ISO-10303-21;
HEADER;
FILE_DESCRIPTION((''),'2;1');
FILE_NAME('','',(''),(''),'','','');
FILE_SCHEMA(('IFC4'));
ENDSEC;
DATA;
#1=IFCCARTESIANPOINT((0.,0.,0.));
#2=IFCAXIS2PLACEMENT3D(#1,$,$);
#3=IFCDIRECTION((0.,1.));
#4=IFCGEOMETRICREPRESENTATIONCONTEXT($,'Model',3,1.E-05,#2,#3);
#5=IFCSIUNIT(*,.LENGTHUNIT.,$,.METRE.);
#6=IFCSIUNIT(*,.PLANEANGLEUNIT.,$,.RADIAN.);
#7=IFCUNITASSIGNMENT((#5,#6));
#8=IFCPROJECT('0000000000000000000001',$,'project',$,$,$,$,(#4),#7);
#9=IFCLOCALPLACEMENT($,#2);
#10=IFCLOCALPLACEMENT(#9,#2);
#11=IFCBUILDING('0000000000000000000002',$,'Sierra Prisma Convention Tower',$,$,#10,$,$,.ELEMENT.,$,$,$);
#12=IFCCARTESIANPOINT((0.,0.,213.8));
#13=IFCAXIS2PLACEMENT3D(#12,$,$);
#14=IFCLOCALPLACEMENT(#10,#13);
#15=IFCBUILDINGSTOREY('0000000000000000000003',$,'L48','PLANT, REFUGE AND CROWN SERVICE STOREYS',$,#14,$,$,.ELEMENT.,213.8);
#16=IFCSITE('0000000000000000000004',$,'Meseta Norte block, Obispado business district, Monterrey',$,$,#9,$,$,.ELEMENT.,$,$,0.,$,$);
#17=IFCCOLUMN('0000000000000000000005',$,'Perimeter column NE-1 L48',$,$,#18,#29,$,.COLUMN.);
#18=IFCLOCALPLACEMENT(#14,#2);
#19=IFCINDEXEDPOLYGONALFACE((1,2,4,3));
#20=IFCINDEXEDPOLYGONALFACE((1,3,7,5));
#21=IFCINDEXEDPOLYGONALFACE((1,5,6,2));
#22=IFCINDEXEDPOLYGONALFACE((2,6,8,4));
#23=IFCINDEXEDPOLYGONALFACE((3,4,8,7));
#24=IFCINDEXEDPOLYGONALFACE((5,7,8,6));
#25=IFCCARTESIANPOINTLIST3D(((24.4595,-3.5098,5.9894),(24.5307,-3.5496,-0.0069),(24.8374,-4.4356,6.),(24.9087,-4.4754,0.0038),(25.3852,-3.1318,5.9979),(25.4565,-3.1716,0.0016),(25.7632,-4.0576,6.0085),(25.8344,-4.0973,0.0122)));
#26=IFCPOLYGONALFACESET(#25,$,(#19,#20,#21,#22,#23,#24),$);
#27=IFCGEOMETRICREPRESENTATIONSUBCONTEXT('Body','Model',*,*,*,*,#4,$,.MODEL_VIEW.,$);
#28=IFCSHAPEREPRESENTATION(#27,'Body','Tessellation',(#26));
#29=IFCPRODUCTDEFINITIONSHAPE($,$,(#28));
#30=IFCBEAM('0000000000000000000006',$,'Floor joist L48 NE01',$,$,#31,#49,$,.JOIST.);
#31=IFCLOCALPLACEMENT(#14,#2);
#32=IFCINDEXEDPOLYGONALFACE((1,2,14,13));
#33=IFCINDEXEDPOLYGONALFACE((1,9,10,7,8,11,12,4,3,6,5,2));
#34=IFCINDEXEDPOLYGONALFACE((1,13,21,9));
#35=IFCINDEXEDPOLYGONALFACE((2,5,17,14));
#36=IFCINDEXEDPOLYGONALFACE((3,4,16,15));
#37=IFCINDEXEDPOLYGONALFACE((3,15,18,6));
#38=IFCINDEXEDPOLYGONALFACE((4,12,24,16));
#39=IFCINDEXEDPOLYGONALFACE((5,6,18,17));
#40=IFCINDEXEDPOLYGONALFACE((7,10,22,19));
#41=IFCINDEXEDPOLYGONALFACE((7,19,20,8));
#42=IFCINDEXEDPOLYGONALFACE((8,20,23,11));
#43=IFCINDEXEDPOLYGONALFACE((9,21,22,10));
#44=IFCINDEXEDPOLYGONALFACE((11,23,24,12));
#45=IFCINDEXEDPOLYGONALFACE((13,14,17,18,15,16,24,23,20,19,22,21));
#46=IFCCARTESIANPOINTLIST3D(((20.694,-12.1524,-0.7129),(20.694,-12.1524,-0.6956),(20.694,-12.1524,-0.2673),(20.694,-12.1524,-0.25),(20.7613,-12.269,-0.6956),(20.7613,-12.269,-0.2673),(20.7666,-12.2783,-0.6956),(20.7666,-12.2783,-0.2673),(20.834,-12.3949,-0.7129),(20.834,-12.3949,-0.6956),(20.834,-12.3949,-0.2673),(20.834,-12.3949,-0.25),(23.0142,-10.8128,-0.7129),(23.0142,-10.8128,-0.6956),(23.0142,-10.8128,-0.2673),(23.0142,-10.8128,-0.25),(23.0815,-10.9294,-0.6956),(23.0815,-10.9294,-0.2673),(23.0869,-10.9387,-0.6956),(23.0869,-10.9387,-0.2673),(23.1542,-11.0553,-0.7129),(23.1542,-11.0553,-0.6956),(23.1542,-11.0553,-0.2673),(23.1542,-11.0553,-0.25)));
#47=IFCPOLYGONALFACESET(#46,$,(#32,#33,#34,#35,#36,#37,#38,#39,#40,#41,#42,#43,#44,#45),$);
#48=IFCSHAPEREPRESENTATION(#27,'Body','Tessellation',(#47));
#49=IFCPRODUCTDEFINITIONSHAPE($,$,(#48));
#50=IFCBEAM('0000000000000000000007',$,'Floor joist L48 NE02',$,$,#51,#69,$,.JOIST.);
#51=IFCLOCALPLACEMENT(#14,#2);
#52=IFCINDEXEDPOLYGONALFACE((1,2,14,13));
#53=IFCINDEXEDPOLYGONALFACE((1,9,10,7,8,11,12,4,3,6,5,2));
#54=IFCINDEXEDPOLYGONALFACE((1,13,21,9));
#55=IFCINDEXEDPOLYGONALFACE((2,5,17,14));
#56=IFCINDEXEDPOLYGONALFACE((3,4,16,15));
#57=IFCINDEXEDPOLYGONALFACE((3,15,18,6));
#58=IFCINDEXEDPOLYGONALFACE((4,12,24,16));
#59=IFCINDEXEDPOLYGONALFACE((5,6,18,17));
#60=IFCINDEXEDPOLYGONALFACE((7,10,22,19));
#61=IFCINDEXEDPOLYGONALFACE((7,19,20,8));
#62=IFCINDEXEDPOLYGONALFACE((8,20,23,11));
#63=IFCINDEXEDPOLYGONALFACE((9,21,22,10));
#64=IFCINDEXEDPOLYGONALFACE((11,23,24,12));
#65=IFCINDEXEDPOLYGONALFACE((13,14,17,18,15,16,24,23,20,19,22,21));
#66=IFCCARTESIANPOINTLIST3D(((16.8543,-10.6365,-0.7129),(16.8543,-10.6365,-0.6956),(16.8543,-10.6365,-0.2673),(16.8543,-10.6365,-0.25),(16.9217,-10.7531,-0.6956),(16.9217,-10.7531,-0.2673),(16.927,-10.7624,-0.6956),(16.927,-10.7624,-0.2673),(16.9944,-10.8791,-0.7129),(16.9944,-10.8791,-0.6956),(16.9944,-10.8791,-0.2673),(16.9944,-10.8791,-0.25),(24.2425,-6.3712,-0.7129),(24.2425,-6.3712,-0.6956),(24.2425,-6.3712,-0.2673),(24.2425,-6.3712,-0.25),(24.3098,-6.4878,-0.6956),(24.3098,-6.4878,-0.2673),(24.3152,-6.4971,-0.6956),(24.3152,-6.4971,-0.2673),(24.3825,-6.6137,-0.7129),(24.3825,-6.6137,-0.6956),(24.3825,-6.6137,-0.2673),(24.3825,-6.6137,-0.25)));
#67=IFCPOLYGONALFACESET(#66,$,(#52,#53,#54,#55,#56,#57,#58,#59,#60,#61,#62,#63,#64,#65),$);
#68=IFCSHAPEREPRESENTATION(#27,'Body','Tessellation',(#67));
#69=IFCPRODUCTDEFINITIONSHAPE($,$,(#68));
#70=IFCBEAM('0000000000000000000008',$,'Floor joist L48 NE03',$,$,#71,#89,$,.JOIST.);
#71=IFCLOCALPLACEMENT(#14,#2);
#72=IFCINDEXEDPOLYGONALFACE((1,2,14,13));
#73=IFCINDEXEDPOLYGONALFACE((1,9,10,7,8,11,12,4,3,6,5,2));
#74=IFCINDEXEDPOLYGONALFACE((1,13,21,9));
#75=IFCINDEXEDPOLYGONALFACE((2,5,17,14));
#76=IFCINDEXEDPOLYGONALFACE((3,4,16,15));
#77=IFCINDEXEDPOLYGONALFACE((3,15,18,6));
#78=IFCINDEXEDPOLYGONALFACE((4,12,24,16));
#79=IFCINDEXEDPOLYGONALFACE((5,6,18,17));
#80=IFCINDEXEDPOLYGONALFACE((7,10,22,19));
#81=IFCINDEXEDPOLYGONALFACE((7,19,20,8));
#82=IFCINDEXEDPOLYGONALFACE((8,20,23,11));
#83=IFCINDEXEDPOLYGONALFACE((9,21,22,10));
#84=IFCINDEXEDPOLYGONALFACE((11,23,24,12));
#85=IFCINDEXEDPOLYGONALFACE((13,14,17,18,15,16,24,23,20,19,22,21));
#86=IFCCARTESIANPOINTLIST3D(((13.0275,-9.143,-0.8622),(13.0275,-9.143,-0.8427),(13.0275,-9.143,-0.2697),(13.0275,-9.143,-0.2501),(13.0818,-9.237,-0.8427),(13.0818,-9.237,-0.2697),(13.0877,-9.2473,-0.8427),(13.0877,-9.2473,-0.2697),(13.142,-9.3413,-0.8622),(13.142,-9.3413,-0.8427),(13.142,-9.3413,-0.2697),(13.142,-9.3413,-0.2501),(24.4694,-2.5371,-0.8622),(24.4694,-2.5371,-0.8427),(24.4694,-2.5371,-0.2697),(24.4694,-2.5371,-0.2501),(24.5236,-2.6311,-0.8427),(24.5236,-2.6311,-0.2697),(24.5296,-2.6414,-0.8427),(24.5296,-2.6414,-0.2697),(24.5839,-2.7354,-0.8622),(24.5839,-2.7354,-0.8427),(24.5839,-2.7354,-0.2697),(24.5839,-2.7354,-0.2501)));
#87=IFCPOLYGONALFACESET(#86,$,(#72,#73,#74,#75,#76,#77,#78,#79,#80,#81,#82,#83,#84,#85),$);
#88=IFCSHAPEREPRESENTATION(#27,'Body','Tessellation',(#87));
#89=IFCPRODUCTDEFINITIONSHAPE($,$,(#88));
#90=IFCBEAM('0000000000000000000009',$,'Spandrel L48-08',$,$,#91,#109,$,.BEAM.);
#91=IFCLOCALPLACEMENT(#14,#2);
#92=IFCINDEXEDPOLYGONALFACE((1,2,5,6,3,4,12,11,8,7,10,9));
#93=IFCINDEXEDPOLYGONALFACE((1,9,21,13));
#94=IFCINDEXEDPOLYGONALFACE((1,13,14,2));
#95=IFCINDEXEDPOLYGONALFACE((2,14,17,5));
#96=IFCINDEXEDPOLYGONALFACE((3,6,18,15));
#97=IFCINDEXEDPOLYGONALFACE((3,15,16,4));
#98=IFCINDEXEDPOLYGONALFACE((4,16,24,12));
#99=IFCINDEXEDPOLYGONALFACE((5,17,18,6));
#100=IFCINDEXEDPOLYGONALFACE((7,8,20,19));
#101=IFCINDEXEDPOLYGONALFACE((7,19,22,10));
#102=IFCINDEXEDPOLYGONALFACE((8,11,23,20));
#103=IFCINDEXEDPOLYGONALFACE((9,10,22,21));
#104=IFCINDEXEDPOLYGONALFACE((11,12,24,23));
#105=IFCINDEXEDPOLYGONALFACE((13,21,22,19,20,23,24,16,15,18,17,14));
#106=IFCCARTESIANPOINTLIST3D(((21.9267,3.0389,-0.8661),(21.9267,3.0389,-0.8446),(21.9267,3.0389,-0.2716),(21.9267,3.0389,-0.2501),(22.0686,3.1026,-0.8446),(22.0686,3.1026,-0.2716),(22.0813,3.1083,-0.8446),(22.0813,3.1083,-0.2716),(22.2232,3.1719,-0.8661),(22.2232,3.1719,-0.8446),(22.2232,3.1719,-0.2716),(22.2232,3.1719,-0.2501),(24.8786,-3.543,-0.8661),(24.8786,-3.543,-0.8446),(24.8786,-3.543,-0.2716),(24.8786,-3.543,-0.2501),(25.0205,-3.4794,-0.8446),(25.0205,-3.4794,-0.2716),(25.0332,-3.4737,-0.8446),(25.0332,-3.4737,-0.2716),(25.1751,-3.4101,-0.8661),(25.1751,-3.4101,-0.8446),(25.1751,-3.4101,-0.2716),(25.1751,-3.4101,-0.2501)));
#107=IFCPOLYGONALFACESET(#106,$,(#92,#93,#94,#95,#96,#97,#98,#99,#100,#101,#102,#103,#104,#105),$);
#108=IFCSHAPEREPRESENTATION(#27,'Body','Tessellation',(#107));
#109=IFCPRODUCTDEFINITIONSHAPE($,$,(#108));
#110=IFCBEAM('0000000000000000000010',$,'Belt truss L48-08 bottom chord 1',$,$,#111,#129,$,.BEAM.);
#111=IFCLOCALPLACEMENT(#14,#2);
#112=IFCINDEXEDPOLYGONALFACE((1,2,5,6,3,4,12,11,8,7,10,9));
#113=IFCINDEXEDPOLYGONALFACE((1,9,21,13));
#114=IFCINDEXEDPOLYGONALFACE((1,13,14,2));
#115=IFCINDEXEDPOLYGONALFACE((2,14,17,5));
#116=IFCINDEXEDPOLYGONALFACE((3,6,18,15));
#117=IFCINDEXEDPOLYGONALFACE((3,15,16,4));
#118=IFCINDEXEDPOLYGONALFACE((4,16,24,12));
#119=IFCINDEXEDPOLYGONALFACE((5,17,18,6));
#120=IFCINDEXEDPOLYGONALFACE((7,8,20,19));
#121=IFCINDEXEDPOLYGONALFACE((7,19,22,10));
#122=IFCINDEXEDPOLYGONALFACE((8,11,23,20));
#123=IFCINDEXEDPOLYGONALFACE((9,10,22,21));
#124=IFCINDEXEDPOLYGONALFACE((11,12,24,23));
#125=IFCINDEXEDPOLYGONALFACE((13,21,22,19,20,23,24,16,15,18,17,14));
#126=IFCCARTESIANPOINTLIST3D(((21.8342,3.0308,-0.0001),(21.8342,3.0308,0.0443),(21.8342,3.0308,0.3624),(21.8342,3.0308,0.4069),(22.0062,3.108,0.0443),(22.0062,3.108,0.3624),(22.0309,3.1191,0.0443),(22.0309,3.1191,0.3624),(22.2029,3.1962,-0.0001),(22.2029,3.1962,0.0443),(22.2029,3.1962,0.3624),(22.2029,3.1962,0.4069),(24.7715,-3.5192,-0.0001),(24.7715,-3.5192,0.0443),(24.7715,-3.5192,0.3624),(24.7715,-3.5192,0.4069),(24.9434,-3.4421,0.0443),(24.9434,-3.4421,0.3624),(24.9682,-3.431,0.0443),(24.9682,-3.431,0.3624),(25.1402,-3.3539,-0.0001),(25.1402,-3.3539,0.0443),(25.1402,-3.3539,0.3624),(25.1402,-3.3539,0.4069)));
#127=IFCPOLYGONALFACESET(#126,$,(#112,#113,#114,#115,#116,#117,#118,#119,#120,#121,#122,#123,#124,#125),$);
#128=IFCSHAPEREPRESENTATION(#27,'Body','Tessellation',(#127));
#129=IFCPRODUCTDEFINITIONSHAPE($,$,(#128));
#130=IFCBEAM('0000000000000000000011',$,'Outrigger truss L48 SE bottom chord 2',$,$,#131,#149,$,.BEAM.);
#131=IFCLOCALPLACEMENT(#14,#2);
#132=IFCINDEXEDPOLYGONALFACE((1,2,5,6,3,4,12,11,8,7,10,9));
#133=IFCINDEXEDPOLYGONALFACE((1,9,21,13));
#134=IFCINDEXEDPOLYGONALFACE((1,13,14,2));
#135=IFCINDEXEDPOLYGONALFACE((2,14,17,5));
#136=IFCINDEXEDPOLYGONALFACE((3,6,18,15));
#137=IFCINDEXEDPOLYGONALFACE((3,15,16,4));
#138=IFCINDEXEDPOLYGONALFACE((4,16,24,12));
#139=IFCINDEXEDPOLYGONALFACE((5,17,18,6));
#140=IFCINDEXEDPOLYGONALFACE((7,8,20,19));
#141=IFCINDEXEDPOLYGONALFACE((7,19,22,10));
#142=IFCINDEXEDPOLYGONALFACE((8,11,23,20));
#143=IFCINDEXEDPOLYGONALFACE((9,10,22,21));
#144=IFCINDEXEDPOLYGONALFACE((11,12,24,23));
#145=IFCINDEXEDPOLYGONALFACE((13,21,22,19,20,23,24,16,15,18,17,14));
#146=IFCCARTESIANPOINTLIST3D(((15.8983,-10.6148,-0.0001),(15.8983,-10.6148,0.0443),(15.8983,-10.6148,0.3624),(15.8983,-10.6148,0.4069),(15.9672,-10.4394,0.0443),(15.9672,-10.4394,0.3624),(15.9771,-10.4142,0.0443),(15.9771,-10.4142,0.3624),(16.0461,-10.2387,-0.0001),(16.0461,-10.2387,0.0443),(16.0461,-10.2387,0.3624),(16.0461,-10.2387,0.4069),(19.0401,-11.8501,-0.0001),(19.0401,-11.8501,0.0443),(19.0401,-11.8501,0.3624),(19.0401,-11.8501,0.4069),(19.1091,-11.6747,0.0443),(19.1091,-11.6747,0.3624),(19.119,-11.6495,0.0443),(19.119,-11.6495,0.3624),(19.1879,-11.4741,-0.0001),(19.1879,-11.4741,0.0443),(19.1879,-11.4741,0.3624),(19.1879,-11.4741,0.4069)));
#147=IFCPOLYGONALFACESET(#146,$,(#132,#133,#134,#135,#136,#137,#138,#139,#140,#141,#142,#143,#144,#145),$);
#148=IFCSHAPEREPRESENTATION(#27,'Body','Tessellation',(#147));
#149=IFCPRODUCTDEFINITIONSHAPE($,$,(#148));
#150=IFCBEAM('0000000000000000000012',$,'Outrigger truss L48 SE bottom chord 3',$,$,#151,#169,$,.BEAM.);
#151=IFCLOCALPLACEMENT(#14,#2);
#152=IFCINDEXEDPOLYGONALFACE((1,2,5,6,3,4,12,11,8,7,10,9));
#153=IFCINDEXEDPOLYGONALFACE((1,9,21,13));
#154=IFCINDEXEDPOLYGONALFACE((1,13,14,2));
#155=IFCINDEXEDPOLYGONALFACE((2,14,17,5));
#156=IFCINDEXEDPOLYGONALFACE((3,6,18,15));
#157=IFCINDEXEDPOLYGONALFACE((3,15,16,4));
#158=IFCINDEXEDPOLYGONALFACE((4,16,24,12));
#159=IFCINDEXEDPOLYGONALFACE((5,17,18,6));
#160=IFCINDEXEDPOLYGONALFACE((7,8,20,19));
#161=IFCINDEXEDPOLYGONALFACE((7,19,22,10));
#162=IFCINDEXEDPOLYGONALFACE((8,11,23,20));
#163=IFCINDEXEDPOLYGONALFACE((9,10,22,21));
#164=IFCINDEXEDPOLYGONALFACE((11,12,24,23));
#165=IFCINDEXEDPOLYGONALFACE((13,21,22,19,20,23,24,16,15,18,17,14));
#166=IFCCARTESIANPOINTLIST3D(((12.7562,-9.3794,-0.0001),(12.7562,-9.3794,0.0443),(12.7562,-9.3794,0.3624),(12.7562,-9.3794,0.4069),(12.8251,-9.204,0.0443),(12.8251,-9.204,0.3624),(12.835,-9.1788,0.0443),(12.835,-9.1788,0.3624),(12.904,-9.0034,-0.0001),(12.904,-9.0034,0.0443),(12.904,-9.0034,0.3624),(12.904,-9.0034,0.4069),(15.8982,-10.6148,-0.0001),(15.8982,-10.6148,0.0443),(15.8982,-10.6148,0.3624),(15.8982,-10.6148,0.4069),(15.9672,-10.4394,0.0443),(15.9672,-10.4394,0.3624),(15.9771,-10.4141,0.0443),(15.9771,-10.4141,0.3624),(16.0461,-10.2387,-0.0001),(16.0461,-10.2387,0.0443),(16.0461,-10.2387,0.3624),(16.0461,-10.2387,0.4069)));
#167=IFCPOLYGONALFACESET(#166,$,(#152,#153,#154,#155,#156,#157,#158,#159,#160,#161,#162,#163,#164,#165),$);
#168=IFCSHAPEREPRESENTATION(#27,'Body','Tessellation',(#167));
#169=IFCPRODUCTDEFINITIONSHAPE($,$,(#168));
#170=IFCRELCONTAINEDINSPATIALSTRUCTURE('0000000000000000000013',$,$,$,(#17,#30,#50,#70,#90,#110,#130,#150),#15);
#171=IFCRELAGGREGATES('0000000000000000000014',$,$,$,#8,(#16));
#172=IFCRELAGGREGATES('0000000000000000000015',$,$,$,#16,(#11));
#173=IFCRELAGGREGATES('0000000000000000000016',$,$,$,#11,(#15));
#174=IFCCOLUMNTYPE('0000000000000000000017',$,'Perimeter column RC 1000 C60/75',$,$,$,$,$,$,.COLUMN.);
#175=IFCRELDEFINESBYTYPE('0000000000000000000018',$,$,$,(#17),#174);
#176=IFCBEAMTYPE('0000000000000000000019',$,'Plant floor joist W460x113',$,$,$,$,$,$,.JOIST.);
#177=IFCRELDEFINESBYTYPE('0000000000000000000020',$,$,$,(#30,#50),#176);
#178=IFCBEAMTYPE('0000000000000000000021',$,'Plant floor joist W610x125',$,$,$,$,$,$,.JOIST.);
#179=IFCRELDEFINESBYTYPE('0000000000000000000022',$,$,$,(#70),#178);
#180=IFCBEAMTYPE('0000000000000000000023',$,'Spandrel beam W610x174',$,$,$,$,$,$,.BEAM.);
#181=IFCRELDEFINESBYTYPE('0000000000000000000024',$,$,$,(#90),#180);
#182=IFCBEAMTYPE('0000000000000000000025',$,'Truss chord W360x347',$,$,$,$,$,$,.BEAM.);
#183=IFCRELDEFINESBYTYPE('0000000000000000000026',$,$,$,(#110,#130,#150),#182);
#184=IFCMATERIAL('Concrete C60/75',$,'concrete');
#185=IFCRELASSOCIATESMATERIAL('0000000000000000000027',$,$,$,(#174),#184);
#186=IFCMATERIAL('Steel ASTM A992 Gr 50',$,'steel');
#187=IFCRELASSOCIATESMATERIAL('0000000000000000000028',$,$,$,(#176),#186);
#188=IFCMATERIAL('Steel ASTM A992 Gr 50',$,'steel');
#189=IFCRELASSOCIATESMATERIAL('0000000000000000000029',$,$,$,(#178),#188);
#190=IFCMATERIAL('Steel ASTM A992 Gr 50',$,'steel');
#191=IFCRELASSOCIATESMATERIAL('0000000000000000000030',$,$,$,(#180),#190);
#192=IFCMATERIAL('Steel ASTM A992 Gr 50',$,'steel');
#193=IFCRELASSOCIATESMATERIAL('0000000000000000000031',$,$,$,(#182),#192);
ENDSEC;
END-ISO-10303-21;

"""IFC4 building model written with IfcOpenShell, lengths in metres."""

from ifc_helpers import new_model, si_unit, direction, frame, origin, origin_2d, place, context, subcontext, project, spatial, rectangle, i_section, extrude, clip, halfspace, material, material_profile, profile_set, type_object, element, save


model = new_model("IFC4")

# Units and contexts
model_context = context("Model", 3, precision=1e-05, world=origin(), true_north=direction((0.0, 1.0)))
body_context = subcontext(model_context, "Body", "Model", "MODEL_VIEW")
ifc_project = project(units=[si_unit("LENGTHUNIT", "METRE"), si_unit("PLANEANGLEUNIT", "RADIAN")], contexts=[model_context])

# Site, building, storey
site_placement = place(None, origin())
site = spatial("IfcSite", under=ifc_project, at=site_placement, Name="Meseta Norte block, Obispado business district, Monterrey", CompositionType="ELEMENT", RefElevation=0.0)
building_placement = place(site_placement, origin())
building = spatial("IfcBuilding", under=site, at=building_placement, Name="Sierra Prisma Convention Tower", CompositionType="ELEMENT")
storey_placement = place(building_placement, frame((0.0, 0.0, 213.8)))
storey = spatial("IfcBuildingStorey", under=building, at=storey_placement, Name="L48", Description="PLANT, REFUGE AND CROWN SERVICE STOREYS", CompositionType="ELEMENT", Elevation=213.8)

# Column
ifc_material_1 = material(Name="Concrete C60/75", Category="concrete")
ifc_material_profile_1 = material_profile(ifc_material_1, rectangle(XDim=1.0, YDim=1.0, at=origin_2d()), Name="Perimeter column RC 1000 C60/75")
ifc_profile_set_1 = profile_set([ifc_material_profile_1], Name="Concrete C60/75")
column_type = type_object("IfcColumnType", Name="Perimeter column RC 1000 C60/75", PredefinedType="COLUMN", material=ifc_profile_set_1)
column_placement = place(storey_placement, frame((25.1826, -3.8235, 0.0), z_axis=(-0.01188, 0.006632, 0.999907), x_axis=(-0.377943, 0.925768, -0.010631)))
element("IfcColumn", 1, at=column_placement, inside=storey, type_object=column_type, Name="Perimeter column NE-1 L48", PredefinedType="COLUMN", context=body_context, shape_type="SweptSolid", body=[
    clip(clip(extrude(rectangle(XDim=1.0, YDim=1.0, at=origin_2d()), origin(), (0.0, 0.0, 1.0), 6.0005), halfspace(frame((0.0, 0.0, 0.0027)), True)), halfspace(frame((0.0, 0.0, 5.9995)), False)),
])

# Beams
ifc_material_2 = material(Name="Steel ASTM A992 Gr 50", Category="steel")
ifc_material_profile_2 = material_profile(ifc_material_2, i_section(OverallWidth=0.28, OverallDepth=0.4629, WebThickness=0.0107, FlangeThickness=0.0173, at=origin_2d()), Name="W460x113")
ifc_profile_set_2 = profile_set([ifc_material_profile_2], Name="Steel ASTM A992 Gr 50")
beam_type_1 = type_object("IfcBeamType", Name="Plant floor joist W460x113", PredefinedType="JOIST", material=ifc_profile_set_2)
beam_1_placement = place(storey_placement, frame((23.0842, -10.9341, -0.4814), z_axis=(-0.866031, -0.499991, 0.0), x_axis=(0.499991, -0.866031, 0.0)))
element("IfcBeam", 2, at=beam_1_placement, inside=storey, type_object=beam_type_1, Name="Floor joist L48 NE01", PredefinedType="JOIST", context=body_context, shape_type="SweptSolid", body=[
    extrude(i_section(OverallWidth=0.28, OverallDepth=0.4629, WebThickness=0.0107, FlangeThickness=0.0173, at=origin_2d()), origin(), (0.0, 0.0, 1.0), 2.6792),
])
beam_2_placement = place(storey_placement, frame((24.3125, -6.4924, -0.4814), z_axis=(-0.866035, -0.499983, 0.0), x_axis=(0.499983, -0.866035, 0.0)))
element("IfcBeam", 3, at=beam_2_placement, inside=storey, type_object=beam_type_1, Name="Floor joist L48 NE02", PredefinedType="JOIST", context=body_context, shape_type="SweptSolid", body=[
    extrude(i_section(OverallWidth=0.28, OverallDepth=0.4629, WebThickness=0.0107, FlangeThickness=0.0173, at=origin_2d()), origin(), (0.0, 0.0, 1.0), 8.531),
])
ifc_material_3 = material(Name="Steel ASTM A992 Gr 50", Category="steel")
ifc_material_profile_3 = material_profile(ifc_material_3, i_section(OverallWidth=0.229, OverallDepth=0.6121, WebThickness=0.012, FlangeThickness=0.0195, at=origin_2d()), Name="W610x125")
ifc_profile_set_3 = profile_set([ifc_material_profile_3], Name="Steel ASTM A992 Gr 50")
beam_type_2 = type_object("IfcBeamType", Name="Plant floor joist W610x125", PredefinedType="JOIST", material=ifc_profile_set_3)
beam_3_placement = place(storey_placement, frame((24.5266, -2.6362, -0.5562), z_axis=(-0.866026, -0.499999, 0.0), x_axis=(0.499999, -0.866026, 0.0)))
element("IfcBeam", 4, at=beam_3_placement, inside=storey, type_object=beam_type_2, Name="Floor joist L48 NE03", PredefinedType="JOIST", context=body_context, shape_type="SweptSolid", body=[
    extrude(i_section(OverallWidth=0.229, OverallDepth=0.6121, WebThickness=0.012, FlangeThickness=0.0195, at=origin_2d()), origin(), (0.0, 0.0, 1.0), 13.2119),
])
ifc_material_4 = material(Name="Steel ASTM A992 Gr 50", Category="steel")
ifc_material_profile_4 = material_profile(ifc_material_4, i_section(OverallWidth=0.325, OverallDepth=0.616, WebThickness=0.0139, FlangeThickness=0.0215, at=origin_2d()), Name="W610x174")
ifc_profile_set_4 = profile_set([ifc_material_profile_4], Name="Steel ASTM A992 Gr 50")
beam_type_3 = type_object("IfcBeamType", Name="Spandrel beam W610x174", PredefinedType="BEAM", material=ifc_profile_set_4)
beam_4_placement = place(storey_placement, frame((25.0269, -3.4766, -0.5581), z_axis=(-0.40921, 0.91244, 0.0), x_axis=(-0.91244, -0.40921, 0.0)))
element("IfcBeam", 5, at=beam_4_placement, inside=storey, type_object=beam_type_3, Name="Spandrel L48-08", PredefinedType="BEAM", context=body_context, shape_type="SweptSolid", body=[
    extrude(i_section(OverallWidth=0.325, OverallDepth=0.616, WebThickness=0.0139, FlangeThickness=0.0215, at=origin_2d()), origin(), (0.0, 0.0, 1.0), 7.2136),
])
ifc_material_5 = material(Name="Steel ASTM A992 Gr 50", Category="steel")
ifc_material_profile_5 = material_profile(ifc_material_5, i_section(OverallWidth=0.4041, OverallDepth=0.407, WebThickness=0.0271, FlangeThickness=0.0444, at=origin_2d()), Name="W360x347")
ifc_profile_set_5 = profile_set([ifc_material_profile_5], Name="Steel ASTM A992 Gr 50")
beam_type_4 = type_object("IfcBeamType", Name="Truss chord W360x347", PredefinedType="BEAM", material=ifc_profile_set_5)
beam_5_placement = place(storey_placement, frame((24.9558, -3.4365, 0.2034), z_axis=(-0.409175, 0.912456, 0.0), x_axis=(-0.912456, -0.409175, 0.0)))
element("IfcBeam", 6, at=beam_5_placement, inside=storey, type_object=beam_type_4, Name="Belt truss L48-08 bottom chord 1", PredefinedType="BEAM", context=body_context, shape_type="SweptSolid", body=[
    extrude(i_section(OverallWidth=0.4041, OverallDepth=0.407, WebThickness=0.0271, FlangeThickness=0.0444, at=origin_2d()), origin(), (0.0, 0.0, 1.0), 7.1785),
])
beam_6_placement = place(storey_placement, frame((19.114, -11.6621, 0.2034), z_axis=(-0.930645, 0.365923, 0.0), x_axis=(-0.365923, -0.930645, 0.0)))
element("IfcBeam", 7, at=beam_6_placement, inside=storey, type_object=beam_type_4, Name="Outrigger truss L48 SE bottom chord 2", PredefinedType="BEAM", context=body_context, shape_type="SweptSolid", body=[
    extrude(i_section(OverallWidth=0.4041, OverallDepth=0.407, WebThickness=0.0271, FlangeThickness=0.0444, at=origin_2d()), origin(), (0.0, 0.0, 1.0), 3.376),
])
beam_7_placement = place(storey_placement, frame((15.9722, -10.4268, 0.2034), z_axis=(-0.930655, 0.365898, 0.0), x_axis=(-0.365898, -0.930655, 0.0)))
element("IfcBeam", 8, at=beam_7_placement, inside=storey, type_object=beam_type_4, Name="Outrigger truss L48 SE bottom chord 3", PredefinedType="BEAM", context=body_context, shape_type="SweptSolid", body=[
    extrude(i_section(OverallWidth=0.4041, OverallDepth=0.407, WebThickness=0.0271, FlangeThickness=0.0444, at=origin_2d()), origin(), (0.0, 0.0, 1.0), 3.3762),
])

save(model, "model.ifc")
